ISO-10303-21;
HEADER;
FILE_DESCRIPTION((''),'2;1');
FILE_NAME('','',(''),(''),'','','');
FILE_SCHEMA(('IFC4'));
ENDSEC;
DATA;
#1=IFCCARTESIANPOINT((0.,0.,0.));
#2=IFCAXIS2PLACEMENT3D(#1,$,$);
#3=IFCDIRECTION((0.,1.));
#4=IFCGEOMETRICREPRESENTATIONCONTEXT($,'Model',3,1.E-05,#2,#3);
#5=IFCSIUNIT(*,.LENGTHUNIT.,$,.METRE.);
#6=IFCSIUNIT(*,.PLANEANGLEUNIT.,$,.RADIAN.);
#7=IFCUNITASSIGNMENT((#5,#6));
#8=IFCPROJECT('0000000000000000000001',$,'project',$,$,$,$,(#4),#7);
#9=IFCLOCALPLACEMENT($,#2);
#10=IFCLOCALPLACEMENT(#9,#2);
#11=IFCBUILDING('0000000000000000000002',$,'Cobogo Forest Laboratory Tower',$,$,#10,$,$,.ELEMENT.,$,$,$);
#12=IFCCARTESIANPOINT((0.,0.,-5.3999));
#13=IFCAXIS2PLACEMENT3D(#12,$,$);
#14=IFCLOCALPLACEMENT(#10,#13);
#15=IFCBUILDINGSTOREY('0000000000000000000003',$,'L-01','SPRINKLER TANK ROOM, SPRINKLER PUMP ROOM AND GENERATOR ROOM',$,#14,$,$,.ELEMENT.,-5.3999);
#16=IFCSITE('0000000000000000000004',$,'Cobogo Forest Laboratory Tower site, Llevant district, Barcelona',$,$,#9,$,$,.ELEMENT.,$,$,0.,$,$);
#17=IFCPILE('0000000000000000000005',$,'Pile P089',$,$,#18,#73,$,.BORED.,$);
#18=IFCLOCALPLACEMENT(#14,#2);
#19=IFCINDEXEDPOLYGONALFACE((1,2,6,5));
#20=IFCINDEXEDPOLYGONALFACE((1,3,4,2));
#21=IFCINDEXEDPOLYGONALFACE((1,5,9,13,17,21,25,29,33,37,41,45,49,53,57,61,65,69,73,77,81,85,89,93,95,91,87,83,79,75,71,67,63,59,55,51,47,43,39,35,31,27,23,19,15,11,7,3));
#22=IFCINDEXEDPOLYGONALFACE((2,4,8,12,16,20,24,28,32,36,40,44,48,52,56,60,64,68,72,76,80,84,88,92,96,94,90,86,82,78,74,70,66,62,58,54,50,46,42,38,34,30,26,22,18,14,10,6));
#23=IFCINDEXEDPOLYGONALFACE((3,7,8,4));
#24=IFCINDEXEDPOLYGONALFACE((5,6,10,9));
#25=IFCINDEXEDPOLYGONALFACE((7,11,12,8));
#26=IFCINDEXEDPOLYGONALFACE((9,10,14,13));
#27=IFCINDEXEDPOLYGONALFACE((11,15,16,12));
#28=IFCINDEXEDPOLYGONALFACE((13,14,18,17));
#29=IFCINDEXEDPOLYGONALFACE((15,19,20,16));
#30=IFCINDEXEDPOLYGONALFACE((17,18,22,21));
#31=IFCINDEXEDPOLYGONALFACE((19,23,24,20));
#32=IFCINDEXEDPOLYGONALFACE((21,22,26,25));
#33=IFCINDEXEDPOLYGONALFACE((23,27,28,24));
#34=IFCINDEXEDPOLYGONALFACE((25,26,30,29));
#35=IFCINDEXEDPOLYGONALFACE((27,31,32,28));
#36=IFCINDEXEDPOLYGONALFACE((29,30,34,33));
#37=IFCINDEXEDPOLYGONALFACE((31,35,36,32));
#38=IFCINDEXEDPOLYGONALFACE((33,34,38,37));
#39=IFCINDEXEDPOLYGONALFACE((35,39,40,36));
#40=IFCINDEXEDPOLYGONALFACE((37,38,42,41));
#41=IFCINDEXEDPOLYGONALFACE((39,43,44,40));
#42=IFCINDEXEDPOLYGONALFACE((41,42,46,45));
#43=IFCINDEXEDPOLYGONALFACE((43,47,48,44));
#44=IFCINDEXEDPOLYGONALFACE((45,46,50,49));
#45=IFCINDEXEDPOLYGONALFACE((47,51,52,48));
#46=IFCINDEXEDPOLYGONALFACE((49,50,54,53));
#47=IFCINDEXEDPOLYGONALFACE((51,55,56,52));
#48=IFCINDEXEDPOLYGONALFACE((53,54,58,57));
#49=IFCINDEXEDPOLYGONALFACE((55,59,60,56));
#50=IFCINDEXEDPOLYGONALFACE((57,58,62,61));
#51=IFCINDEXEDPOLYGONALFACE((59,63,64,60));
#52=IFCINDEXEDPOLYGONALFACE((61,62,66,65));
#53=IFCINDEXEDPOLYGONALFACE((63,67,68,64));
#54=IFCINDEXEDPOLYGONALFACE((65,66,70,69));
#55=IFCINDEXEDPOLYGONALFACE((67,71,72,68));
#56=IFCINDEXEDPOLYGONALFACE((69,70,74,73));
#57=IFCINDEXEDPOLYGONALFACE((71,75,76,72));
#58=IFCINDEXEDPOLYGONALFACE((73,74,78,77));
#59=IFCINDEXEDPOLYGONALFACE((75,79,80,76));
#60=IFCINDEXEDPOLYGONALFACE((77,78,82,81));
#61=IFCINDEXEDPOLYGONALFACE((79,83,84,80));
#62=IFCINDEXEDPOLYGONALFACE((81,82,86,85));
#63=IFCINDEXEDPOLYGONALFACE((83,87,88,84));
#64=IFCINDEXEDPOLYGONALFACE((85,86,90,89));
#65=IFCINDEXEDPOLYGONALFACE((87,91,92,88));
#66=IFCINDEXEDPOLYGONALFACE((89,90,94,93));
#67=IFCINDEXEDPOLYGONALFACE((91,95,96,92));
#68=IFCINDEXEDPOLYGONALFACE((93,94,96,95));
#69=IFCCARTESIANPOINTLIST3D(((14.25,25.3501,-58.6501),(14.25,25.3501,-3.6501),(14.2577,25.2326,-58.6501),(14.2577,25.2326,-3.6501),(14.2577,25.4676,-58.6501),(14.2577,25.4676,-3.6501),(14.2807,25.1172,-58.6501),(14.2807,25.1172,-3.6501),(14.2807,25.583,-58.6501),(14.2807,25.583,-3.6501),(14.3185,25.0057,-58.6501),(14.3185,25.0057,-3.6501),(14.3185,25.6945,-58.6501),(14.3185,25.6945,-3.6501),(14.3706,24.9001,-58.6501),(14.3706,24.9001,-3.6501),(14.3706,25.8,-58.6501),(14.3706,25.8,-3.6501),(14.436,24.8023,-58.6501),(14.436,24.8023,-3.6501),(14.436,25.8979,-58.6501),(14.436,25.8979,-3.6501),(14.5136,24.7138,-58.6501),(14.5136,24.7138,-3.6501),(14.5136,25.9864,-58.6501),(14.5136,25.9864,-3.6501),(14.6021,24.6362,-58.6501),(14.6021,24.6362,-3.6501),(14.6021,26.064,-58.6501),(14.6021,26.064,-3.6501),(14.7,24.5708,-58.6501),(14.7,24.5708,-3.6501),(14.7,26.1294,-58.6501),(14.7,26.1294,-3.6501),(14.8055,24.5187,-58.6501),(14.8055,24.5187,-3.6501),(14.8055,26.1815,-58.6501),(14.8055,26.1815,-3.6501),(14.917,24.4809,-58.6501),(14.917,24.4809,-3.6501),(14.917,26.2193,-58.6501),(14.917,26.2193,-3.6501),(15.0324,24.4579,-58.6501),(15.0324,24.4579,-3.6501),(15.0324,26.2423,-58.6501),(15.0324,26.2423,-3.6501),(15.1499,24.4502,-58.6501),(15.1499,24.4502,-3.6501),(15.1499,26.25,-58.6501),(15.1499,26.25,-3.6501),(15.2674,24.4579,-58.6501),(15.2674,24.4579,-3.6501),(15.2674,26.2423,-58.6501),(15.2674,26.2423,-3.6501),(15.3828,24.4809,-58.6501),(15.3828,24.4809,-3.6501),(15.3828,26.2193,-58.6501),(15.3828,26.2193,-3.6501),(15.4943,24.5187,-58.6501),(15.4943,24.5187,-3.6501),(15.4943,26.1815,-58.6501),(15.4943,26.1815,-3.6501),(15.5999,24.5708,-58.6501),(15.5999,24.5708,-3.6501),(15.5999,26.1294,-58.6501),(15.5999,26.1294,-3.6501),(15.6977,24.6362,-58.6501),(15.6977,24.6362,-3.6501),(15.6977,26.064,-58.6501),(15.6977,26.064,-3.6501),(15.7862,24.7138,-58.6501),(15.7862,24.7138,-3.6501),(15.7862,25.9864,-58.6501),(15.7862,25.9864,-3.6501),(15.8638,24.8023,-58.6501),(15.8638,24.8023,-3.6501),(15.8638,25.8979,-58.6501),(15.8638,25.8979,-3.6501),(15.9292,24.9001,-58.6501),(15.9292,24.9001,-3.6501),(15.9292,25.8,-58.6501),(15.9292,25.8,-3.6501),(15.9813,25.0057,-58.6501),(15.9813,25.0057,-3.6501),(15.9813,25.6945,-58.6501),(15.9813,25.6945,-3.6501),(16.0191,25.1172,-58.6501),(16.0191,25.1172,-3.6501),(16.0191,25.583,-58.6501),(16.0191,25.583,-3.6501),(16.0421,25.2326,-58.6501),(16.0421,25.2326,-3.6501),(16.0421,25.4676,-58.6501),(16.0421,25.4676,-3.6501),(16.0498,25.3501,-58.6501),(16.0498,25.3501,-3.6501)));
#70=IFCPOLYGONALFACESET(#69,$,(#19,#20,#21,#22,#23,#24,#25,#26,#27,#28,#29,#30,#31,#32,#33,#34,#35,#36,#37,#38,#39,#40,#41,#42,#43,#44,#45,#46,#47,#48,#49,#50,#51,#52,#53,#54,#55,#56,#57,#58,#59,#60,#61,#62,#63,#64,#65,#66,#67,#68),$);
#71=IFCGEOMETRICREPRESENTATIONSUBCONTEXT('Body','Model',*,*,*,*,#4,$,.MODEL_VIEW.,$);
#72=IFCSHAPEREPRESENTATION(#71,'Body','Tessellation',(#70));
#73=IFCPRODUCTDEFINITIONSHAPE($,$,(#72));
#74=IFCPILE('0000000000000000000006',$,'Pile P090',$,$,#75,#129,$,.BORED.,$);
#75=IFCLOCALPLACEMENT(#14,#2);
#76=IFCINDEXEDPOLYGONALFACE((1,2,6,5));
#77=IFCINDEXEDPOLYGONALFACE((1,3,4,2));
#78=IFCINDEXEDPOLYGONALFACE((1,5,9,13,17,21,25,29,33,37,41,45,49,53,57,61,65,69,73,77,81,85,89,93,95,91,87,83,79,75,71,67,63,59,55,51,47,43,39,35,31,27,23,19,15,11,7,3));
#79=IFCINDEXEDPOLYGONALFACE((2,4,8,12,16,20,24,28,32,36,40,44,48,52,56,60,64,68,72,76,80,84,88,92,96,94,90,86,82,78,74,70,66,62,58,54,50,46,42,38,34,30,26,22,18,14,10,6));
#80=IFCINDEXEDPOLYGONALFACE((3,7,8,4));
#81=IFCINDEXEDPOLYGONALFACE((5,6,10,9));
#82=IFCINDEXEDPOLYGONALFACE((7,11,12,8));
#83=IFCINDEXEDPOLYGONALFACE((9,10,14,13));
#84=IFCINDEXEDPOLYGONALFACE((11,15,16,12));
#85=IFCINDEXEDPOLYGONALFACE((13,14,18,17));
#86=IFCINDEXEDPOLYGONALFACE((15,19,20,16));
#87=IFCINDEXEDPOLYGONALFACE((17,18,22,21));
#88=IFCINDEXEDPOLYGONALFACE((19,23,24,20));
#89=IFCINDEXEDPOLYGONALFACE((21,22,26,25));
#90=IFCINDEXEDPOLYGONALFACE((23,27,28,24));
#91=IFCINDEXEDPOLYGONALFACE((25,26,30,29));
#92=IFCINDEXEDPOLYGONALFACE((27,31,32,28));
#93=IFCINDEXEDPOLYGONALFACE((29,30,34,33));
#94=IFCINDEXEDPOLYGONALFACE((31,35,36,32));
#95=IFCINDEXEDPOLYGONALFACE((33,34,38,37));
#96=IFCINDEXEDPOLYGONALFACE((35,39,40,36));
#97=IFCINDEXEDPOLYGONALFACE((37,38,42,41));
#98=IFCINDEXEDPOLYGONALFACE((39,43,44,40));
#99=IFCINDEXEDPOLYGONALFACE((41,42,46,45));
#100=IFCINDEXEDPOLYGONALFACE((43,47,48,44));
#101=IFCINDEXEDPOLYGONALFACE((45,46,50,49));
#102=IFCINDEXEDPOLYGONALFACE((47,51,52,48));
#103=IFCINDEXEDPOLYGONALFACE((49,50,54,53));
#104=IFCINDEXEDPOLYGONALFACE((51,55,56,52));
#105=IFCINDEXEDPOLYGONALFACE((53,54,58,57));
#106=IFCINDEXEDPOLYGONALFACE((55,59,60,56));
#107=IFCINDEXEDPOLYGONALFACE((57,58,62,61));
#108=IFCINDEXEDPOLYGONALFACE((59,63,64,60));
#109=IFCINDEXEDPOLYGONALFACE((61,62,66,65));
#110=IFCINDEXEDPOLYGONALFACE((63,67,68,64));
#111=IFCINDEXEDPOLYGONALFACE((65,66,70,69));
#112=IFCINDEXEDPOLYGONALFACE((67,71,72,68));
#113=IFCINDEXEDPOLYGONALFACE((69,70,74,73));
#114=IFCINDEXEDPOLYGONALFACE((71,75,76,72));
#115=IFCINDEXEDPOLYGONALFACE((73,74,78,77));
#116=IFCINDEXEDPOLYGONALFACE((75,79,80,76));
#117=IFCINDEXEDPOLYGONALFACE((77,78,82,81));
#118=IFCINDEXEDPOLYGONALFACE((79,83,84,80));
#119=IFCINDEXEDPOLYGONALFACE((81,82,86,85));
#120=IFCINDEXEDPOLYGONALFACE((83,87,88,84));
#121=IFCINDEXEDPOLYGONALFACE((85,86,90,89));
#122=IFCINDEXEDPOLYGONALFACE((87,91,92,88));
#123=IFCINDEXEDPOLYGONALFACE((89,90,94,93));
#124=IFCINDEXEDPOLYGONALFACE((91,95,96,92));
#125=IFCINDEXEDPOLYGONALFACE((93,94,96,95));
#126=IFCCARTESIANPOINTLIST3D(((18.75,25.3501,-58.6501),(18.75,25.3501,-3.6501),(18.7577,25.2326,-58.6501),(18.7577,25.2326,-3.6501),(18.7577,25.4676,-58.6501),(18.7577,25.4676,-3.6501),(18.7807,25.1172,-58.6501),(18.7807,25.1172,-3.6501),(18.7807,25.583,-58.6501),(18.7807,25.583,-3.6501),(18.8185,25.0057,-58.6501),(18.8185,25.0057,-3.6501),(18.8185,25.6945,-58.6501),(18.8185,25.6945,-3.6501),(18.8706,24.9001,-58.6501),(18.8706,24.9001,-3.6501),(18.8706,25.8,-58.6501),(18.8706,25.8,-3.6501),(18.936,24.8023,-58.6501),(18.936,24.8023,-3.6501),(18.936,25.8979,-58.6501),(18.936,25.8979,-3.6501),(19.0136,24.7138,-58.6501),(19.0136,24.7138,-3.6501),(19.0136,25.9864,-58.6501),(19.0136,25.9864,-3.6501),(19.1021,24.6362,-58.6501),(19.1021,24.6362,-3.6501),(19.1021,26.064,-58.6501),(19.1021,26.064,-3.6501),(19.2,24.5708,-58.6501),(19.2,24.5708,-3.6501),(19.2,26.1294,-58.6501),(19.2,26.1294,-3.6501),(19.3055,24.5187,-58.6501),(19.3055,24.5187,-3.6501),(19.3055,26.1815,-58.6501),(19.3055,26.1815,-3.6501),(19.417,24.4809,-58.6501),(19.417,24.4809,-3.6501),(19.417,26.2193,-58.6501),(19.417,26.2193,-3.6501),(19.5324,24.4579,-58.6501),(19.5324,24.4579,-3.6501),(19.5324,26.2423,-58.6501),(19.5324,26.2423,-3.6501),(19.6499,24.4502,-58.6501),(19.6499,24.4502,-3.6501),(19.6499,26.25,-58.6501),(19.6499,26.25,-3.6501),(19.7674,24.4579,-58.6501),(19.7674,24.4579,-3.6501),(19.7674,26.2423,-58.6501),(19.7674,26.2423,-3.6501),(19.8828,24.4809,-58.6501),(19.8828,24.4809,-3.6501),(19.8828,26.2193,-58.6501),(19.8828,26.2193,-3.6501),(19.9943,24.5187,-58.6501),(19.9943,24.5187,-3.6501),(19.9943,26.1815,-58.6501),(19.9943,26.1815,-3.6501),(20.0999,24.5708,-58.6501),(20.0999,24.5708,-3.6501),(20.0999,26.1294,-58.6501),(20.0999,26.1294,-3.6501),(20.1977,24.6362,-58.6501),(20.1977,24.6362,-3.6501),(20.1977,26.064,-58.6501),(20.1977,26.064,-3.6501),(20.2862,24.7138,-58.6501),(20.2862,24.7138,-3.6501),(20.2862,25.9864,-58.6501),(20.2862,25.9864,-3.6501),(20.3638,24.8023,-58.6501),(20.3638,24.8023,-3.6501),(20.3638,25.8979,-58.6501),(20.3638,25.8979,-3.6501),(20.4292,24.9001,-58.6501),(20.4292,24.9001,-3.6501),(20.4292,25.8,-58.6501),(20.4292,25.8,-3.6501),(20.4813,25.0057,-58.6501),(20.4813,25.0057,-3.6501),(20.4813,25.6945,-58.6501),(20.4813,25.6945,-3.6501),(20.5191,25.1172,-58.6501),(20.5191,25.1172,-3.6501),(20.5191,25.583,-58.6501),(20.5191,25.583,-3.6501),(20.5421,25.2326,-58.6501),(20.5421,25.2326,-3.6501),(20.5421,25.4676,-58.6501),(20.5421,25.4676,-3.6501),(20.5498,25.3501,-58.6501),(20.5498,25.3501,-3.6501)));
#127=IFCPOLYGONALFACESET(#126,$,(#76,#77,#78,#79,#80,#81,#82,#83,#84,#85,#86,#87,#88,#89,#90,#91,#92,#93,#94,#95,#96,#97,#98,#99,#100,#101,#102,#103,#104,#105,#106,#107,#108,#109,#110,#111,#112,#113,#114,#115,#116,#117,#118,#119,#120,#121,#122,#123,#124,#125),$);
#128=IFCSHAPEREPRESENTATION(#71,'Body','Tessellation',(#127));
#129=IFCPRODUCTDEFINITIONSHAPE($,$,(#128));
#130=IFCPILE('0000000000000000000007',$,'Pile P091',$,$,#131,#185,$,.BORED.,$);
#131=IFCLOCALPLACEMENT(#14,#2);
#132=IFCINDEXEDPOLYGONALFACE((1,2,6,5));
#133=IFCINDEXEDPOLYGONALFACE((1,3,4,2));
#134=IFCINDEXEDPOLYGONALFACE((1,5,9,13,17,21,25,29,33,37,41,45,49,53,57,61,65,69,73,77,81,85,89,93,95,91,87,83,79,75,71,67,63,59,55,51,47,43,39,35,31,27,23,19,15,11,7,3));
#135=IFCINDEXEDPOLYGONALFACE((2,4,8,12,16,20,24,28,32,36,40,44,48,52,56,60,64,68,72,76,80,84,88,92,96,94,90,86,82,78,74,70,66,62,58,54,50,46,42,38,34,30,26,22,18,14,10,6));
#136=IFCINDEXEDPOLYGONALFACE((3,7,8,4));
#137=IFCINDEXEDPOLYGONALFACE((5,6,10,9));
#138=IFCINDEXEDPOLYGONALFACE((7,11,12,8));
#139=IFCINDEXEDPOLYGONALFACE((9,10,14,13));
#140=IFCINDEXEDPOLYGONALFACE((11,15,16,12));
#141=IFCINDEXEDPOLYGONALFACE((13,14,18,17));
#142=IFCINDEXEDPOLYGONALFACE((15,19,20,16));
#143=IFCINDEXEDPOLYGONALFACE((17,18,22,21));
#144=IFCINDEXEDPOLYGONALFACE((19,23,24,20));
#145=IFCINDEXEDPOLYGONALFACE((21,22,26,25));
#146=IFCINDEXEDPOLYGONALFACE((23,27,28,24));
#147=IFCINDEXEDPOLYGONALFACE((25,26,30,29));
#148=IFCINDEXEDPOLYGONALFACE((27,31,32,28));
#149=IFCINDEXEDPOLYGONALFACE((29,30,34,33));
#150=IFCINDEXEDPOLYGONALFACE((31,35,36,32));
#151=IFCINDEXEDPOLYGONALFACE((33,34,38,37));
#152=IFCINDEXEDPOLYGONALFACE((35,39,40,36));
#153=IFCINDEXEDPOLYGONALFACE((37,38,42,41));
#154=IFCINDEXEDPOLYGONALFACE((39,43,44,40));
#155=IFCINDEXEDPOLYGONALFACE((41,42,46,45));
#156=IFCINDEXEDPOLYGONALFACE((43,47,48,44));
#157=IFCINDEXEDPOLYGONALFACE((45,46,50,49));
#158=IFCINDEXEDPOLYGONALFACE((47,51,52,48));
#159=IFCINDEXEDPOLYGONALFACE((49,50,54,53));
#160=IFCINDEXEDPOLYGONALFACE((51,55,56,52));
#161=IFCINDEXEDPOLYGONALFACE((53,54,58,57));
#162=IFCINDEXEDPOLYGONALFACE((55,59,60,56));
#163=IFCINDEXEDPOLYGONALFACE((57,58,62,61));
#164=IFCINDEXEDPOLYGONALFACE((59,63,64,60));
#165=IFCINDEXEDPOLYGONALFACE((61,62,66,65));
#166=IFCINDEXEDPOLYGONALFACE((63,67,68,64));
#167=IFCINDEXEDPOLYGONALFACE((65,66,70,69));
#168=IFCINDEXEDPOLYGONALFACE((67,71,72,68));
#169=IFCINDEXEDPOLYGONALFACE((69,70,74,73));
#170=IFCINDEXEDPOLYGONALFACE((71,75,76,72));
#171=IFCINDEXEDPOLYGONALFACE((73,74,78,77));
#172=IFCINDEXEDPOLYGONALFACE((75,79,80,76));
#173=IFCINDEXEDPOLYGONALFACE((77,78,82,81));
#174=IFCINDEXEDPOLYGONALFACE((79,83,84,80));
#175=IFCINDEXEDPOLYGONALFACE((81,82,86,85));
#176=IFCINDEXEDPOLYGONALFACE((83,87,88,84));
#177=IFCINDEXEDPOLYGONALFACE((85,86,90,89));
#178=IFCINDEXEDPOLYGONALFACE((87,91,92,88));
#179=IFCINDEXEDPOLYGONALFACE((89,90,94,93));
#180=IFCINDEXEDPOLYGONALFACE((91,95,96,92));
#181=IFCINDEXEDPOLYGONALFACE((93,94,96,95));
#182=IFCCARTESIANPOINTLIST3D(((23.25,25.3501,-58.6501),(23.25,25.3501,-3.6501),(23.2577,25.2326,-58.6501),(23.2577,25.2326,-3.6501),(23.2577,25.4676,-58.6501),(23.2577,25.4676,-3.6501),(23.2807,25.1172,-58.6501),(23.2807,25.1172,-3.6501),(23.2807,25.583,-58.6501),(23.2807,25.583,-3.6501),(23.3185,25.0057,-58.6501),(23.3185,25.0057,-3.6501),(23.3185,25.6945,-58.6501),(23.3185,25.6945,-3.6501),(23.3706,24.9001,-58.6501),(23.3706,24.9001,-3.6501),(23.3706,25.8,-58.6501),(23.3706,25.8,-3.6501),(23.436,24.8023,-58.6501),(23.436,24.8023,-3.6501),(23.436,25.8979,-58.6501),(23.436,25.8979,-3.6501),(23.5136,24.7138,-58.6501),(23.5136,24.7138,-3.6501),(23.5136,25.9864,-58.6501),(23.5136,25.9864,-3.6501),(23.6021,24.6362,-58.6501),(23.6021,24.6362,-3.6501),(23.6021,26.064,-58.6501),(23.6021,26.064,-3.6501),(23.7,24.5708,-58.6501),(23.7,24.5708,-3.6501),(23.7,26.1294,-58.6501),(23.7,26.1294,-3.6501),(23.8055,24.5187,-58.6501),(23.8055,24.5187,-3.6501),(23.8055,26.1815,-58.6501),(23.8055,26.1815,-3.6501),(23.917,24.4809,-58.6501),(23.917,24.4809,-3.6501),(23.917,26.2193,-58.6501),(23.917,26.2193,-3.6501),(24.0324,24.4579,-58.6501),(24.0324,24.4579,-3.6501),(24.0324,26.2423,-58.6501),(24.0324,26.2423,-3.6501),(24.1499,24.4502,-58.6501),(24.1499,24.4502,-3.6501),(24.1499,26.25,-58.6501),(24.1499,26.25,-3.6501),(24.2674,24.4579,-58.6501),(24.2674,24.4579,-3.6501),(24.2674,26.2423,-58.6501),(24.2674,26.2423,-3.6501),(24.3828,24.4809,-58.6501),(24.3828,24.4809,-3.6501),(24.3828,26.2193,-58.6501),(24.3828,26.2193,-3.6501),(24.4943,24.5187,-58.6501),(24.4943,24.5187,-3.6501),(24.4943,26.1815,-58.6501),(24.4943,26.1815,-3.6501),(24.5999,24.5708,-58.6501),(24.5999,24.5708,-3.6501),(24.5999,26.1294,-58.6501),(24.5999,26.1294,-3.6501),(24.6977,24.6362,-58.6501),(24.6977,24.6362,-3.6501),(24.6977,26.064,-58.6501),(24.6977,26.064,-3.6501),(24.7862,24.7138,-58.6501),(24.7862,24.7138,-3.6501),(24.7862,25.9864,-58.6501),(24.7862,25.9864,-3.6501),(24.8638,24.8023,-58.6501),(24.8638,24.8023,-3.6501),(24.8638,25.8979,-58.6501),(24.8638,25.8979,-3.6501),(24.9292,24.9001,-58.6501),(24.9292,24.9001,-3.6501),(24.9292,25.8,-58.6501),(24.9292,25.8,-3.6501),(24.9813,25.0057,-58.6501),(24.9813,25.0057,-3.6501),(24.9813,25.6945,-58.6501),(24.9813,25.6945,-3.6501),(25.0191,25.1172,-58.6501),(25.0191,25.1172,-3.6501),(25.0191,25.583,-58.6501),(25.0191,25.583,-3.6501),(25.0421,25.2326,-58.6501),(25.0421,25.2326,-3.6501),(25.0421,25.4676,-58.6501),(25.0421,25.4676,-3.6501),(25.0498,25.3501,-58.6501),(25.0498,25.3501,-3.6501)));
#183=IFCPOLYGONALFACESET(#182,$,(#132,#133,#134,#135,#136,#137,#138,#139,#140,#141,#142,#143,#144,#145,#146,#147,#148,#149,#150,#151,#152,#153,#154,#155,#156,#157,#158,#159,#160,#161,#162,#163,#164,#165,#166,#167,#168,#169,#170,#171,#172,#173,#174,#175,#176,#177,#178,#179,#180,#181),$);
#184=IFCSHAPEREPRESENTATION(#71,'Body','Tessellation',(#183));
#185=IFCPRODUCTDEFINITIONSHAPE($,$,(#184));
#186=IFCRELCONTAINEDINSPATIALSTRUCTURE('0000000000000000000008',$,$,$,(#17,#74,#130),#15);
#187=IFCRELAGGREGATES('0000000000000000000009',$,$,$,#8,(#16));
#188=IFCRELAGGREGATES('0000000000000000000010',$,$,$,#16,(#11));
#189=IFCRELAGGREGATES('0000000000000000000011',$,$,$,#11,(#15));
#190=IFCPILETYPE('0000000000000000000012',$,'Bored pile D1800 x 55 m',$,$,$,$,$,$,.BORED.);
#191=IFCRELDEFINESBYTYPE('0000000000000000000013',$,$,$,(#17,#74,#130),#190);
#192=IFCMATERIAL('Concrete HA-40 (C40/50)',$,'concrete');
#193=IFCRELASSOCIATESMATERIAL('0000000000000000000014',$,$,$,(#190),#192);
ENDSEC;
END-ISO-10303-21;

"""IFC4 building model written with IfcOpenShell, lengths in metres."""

from ifc_helpers import new_model, si_unit, direction, frame, origin, origin_2d, place, context, subcontext, project, spatial, circle, extrude, material, material_profile, profile_set, type_object, element, save


model = new_model("IFC4")

# Units and contexts
model_context = context("Model", 3, precision=1e-05, world=origin(), true_north=direction((0.0, 1.0)))
body_context = subcontext(model_context, "Body", "Model", "MODEL_VIEW")
ifc_project = project(units=[si_unit("LENGTHUNIT", "METRE"), si_unit("PLANEANGLEUNIT", "RADIAN")], contexts=[model_context])

# Site, building, storey
site_placement = place(None, origin())
site = spatial("IfcSite", under=ifc_project, at=site_placement, Name="Cobogo Forest Laboratory Tower site, Llevant district, Barcelona", CompositionType="ELEMENT", RefElevation=0.0)
building_placement = place(site_placement, origin())
building = spatial("IfcBuilding", under=site, at=building_placement, Name="Cobogo Forest Laboratory Tower", CompositionType="ELEMENT")
storey_placement = place(building_placement, frame((0.0, 0.0, -5.3999)))
storey = spatial("IfcBuildingStorey", under=building, at=storey_placement, Name="L-01", Description="SPRINKLER TANK ROOM, SPRINKLER PUMP ROOM AND GENERATOR ROOM", CompositionType="ELEMENT", Elevation=-5.3999)

# Piles
ifc_material_1 = material(Name="Concrete HA-40 (C40/50)", Category="concrete")
ifc_material_profile = material_profile(ifc_material_1, circle(Radius=0.8999, at=origin_2d()), Name="PILE D1800")
ifc_profile_set = profile_set([ifc_material_profile], Name="Concrete HA-40 (C40/50)")
pile_type = type_object("IfcPileType", Name="Bored pile D1800 x 55 m", PredefinedType="BORED", material=ifc_profile_set)
for number, where, z_axis, x_axis, name in (
    (1, (15.1499, 25.3501, -3.6501), (0.0, 0.0, -1.0), (1.0, 0.0, 0.0), "Pile P089"),
    (2, (19.6499, 25.3501, -3.6501), (0.0, 0.0, -1.0), (1.0, 0.0, 0.0), "Pile P090"),
    (3, (24.1499, 25.3501, -3.6501), (0.0, 0.0, -1.0), (1.0, 0.0, 0.0), "Pile P091"),
):
    element("IfcPile", number, at=place(storey_placement, frame(where, z_axis=z_axis, x_axis=x_axis)), inside=storey, type_object=pile_type, Name=name, PredefinedType="BORED", context=body_context, shape_type="SweptSolid", body=[
        extrude(circle(Radius=0.8999, at=origin_2d()), origin(), (0.0, 0.0, 1.0), 55.0),
    ])

save(model, "model.ifc")
